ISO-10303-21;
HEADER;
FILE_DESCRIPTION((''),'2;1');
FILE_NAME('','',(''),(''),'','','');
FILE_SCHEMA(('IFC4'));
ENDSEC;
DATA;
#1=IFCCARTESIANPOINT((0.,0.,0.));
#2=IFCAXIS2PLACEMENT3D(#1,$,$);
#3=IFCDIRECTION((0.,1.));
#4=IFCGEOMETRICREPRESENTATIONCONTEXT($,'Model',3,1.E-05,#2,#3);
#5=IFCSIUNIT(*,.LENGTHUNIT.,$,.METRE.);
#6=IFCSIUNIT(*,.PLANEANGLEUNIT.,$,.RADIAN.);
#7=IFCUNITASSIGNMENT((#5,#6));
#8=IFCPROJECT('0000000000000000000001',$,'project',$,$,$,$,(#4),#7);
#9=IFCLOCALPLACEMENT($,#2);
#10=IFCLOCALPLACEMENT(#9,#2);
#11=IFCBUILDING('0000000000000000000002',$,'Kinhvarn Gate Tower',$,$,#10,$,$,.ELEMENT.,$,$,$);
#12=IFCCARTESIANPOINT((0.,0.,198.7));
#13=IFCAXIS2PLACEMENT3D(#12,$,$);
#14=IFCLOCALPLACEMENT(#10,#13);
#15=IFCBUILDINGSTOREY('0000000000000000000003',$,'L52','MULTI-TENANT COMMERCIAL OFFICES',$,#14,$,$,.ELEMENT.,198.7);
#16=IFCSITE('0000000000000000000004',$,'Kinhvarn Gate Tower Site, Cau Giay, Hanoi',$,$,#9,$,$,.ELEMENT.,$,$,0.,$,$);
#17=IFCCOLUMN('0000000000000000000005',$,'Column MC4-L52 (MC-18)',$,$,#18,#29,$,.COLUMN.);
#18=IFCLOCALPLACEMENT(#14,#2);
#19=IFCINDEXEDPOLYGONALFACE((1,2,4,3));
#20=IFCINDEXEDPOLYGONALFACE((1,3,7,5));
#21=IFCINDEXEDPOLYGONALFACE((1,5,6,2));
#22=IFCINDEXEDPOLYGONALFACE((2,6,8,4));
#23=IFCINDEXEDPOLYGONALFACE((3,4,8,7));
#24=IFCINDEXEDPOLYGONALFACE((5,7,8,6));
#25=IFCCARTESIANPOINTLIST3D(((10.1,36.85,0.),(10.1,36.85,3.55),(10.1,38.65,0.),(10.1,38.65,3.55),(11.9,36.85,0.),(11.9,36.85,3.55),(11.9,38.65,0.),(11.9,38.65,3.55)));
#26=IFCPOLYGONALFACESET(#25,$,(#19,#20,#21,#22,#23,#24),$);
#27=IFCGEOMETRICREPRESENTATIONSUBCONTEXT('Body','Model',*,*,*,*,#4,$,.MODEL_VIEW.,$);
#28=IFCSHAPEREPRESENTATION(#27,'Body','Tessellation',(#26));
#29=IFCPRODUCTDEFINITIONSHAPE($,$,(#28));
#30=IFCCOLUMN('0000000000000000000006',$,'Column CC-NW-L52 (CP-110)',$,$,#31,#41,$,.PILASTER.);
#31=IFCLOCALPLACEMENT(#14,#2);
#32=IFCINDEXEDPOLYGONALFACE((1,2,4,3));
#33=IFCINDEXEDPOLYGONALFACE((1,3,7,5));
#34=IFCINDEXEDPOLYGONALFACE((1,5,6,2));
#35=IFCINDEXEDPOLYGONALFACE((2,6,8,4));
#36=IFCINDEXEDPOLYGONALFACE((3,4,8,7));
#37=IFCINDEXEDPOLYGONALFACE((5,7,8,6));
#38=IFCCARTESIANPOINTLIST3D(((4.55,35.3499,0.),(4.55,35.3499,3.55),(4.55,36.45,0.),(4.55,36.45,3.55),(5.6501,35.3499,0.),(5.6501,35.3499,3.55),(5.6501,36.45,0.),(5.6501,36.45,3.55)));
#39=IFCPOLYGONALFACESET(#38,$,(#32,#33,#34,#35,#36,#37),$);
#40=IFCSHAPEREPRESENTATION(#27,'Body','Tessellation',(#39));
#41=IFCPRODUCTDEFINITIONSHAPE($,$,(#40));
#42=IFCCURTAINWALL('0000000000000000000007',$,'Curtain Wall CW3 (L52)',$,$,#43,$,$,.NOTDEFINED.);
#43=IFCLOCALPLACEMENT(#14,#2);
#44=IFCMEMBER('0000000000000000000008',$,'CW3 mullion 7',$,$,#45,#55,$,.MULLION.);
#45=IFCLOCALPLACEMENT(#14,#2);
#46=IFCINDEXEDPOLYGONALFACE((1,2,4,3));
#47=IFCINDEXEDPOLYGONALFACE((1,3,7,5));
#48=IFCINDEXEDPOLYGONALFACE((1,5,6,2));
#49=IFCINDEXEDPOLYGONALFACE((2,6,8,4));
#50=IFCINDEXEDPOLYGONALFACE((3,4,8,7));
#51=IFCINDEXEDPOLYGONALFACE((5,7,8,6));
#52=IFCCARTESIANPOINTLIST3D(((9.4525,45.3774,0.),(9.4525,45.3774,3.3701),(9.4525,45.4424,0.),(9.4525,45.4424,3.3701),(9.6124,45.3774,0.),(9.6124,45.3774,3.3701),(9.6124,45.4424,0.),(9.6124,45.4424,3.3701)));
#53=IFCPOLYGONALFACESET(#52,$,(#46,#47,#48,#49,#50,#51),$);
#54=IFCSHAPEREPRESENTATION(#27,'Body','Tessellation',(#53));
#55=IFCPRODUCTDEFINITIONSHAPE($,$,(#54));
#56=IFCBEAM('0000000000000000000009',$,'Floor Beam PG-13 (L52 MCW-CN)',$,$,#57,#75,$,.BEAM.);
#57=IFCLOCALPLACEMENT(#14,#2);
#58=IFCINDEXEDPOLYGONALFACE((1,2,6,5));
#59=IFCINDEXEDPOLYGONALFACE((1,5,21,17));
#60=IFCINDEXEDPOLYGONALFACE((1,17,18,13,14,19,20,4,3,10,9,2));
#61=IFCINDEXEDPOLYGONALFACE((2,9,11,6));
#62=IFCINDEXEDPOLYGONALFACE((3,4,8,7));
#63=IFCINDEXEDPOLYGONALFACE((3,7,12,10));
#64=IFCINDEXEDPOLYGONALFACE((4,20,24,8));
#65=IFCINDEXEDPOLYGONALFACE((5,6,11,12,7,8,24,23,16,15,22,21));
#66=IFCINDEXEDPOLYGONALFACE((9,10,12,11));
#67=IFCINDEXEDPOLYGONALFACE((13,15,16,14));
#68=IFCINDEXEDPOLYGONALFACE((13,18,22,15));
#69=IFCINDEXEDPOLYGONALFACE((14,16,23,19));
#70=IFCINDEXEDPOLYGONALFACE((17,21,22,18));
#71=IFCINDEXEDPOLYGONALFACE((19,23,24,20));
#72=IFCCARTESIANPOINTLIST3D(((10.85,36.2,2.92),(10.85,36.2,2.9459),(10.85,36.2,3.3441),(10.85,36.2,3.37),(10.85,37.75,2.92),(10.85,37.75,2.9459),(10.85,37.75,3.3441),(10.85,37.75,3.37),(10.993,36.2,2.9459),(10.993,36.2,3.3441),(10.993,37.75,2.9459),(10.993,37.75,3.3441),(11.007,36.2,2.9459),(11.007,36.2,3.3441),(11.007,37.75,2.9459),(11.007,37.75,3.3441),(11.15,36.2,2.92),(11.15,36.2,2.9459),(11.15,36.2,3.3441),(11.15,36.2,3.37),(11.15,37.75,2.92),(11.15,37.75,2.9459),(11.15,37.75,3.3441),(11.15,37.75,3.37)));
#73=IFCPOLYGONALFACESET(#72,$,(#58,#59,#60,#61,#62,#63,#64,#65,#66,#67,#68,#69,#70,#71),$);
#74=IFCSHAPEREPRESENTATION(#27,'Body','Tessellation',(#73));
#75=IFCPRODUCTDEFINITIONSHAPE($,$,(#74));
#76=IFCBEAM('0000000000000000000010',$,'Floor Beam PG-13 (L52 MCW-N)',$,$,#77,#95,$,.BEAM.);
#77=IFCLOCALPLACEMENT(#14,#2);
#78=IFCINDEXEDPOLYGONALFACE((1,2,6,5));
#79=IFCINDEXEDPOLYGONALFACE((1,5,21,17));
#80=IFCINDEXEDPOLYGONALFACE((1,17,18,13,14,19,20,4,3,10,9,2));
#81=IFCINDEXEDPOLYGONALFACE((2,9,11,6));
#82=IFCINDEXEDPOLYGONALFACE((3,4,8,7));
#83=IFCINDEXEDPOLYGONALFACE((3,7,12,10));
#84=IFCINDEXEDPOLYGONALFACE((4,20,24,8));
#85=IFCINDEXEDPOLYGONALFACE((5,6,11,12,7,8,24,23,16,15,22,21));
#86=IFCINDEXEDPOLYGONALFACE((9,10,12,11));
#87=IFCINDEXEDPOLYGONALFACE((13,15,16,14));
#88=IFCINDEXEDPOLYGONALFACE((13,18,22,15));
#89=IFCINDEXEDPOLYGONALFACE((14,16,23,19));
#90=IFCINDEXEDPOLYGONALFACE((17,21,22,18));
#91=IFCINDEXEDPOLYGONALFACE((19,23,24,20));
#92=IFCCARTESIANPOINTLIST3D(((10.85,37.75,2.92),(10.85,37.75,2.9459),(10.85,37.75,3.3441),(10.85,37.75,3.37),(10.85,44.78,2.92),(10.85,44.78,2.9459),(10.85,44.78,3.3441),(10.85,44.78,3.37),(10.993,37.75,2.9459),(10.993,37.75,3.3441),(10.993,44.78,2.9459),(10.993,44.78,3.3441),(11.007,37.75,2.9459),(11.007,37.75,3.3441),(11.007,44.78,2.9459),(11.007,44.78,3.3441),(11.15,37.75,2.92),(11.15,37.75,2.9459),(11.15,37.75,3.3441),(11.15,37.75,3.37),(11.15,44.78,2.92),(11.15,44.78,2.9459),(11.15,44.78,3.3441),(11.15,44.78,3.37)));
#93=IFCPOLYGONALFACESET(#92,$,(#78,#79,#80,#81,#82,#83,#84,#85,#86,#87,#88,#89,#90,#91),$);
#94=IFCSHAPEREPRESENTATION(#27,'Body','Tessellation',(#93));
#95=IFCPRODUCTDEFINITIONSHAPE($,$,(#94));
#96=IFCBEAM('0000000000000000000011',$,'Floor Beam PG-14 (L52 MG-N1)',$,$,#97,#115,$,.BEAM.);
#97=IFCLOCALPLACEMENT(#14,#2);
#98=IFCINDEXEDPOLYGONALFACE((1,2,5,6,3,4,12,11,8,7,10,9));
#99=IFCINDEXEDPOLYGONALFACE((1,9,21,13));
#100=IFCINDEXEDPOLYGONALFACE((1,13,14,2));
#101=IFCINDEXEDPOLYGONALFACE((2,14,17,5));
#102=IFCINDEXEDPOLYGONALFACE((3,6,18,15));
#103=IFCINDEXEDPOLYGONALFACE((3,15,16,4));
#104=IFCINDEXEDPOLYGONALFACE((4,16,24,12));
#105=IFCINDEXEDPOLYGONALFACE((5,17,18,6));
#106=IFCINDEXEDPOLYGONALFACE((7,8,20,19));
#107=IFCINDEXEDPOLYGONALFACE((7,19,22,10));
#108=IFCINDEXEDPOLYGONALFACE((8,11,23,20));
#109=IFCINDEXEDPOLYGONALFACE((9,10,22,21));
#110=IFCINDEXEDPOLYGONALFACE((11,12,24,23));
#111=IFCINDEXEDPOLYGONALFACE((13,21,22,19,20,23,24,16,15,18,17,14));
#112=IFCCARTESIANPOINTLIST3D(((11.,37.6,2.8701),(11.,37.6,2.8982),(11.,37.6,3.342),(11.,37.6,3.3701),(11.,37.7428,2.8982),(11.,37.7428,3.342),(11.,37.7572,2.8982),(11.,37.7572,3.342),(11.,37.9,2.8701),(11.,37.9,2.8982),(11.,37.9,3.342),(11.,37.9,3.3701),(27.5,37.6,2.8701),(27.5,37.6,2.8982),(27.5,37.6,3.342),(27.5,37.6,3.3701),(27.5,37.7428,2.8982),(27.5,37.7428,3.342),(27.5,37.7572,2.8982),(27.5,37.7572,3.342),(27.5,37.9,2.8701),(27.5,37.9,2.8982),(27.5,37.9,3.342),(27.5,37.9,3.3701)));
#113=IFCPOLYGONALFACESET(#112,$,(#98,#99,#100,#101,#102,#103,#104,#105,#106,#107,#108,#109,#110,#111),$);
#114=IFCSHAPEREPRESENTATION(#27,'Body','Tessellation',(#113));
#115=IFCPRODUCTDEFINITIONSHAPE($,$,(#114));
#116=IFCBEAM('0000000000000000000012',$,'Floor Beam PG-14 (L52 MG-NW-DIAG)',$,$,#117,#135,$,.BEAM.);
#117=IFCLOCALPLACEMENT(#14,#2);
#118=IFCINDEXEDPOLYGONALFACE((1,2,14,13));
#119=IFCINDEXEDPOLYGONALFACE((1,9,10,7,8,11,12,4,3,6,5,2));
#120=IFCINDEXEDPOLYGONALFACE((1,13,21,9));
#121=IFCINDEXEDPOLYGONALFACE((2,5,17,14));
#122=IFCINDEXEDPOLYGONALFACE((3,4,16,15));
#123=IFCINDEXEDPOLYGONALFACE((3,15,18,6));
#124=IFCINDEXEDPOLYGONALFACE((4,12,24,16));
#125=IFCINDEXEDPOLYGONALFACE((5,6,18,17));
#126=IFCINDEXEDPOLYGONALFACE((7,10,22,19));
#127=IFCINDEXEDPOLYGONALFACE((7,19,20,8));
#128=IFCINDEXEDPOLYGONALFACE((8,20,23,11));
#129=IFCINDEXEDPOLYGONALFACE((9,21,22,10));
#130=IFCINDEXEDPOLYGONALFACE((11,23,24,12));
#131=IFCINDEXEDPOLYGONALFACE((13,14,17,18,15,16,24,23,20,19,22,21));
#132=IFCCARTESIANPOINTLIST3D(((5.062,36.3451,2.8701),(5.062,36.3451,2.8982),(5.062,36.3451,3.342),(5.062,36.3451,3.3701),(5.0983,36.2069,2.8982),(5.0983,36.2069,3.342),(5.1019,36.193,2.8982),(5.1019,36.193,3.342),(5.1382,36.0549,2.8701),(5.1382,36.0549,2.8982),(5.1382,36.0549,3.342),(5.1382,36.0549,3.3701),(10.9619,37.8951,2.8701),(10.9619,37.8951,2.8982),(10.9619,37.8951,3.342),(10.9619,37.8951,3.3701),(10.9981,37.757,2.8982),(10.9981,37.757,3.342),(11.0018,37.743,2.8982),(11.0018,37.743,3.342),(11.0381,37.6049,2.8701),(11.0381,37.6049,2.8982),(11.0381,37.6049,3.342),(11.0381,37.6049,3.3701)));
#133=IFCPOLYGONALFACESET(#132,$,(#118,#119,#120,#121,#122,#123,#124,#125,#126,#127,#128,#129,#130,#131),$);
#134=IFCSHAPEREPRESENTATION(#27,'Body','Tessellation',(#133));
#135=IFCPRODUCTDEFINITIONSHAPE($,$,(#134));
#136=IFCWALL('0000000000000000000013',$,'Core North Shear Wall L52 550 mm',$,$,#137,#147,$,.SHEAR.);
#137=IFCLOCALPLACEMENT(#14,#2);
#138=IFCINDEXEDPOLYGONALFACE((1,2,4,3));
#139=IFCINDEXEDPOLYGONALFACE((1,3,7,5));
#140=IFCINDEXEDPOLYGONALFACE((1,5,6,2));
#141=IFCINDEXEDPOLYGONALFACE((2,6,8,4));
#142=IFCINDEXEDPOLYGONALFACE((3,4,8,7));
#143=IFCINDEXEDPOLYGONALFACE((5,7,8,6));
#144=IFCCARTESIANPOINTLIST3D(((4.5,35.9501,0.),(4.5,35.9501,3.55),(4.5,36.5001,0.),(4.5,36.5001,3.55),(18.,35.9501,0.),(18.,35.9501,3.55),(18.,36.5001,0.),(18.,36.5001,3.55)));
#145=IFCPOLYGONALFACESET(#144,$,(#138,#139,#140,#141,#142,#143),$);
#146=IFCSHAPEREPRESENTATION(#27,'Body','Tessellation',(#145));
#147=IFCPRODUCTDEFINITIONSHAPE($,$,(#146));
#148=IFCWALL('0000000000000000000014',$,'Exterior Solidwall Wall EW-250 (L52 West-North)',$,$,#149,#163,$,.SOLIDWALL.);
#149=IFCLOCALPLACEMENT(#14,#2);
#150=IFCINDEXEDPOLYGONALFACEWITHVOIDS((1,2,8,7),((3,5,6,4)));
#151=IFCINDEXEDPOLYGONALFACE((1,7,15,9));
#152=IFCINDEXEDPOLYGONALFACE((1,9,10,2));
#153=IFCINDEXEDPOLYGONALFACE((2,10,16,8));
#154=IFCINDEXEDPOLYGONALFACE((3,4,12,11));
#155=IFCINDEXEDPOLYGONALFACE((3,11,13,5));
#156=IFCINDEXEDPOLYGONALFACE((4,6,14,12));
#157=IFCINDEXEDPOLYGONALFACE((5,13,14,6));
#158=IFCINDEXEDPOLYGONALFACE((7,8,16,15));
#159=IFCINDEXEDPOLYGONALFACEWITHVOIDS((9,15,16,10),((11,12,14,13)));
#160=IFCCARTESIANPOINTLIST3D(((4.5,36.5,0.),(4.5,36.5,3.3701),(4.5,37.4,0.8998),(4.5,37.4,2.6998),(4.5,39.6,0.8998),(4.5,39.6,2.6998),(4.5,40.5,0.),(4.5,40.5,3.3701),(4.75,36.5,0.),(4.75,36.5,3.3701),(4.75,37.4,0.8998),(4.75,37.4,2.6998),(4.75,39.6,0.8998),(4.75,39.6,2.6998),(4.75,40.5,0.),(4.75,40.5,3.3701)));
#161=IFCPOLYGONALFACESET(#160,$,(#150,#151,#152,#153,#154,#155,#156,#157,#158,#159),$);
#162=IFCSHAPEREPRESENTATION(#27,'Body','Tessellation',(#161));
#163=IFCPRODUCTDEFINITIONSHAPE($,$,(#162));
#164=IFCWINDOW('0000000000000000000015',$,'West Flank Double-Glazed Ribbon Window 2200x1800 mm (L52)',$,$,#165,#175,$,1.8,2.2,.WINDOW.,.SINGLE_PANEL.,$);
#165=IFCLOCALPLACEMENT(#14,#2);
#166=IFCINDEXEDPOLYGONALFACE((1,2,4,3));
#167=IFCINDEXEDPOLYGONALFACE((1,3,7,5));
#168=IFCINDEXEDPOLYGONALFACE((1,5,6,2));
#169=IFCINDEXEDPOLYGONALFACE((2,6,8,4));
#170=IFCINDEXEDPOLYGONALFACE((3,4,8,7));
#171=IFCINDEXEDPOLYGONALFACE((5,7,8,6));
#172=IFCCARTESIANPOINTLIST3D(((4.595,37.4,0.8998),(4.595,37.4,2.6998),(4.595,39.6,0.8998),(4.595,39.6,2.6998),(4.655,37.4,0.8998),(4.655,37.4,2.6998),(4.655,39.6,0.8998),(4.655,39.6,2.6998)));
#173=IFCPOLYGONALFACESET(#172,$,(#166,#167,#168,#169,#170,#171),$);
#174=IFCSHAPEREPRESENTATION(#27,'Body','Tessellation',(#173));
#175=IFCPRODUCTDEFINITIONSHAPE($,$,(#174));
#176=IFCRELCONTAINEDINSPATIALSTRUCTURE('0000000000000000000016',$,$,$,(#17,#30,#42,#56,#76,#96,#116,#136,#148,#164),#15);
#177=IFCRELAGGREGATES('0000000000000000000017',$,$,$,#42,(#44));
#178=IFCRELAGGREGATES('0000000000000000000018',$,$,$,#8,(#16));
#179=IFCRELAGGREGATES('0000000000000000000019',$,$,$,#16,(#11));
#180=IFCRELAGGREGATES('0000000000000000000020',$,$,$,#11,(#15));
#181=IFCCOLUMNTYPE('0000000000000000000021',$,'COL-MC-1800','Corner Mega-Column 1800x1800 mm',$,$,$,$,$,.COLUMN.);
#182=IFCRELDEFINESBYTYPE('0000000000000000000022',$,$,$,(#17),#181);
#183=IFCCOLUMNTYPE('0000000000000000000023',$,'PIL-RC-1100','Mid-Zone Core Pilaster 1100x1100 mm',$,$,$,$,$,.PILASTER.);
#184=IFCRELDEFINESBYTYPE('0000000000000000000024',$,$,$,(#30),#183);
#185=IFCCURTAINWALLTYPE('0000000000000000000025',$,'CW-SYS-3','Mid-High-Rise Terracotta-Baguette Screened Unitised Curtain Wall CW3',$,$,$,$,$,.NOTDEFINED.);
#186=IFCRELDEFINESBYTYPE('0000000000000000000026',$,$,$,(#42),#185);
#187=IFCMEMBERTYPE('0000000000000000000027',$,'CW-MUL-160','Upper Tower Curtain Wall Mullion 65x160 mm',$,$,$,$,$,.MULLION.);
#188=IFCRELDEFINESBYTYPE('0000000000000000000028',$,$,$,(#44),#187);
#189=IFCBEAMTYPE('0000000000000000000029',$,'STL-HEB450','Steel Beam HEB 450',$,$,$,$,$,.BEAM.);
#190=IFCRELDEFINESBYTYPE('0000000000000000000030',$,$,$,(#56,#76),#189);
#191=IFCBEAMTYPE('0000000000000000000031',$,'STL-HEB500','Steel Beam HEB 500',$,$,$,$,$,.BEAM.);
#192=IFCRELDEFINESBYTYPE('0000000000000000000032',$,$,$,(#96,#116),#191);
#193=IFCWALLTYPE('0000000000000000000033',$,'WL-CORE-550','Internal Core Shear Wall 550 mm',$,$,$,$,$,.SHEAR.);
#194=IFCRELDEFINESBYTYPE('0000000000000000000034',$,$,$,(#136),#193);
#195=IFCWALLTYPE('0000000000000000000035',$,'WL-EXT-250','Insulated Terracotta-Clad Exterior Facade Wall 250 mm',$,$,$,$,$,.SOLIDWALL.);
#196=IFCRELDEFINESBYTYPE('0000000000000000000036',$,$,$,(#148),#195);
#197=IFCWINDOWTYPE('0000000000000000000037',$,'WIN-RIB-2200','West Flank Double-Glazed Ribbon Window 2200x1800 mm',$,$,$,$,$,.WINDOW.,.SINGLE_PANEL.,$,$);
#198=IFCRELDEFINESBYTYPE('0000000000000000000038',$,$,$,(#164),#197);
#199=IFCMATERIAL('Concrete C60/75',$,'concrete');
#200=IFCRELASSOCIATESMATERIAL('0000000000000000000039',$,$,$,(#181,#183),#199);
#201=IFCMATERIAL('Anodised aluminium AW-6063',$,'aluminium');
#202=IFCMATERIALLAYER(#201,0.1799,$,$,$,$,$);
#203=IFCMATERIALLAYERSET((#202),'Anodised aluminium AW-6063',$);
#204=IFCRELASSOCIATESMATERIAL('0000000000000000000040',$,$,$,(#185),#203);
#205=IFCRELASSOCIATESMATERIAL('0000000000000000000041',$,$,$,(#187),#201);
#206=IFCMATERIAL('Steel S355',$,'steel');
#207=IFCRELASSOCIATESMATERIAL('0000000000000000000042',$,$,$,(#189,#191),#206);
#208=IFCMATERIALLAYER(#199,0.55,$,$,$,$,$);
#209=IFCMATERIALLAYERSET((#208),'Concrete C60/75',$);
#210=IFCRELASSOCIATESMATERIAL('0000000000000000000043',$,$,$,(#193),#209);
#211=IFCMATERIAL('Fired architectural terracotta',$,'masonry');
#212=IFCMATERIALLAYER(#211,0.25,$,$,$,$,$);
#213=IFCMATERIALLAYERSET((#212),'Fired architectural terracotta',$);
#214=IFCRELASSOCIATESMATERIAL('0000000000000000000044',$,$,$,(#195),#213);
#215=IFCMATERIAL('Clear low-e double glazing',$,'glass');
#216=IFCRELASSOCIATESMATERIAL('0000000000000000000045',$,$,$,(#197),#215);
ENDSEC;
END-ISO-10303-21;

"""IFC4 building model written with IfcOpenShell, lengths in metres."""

from ifc_helpers import new_model, si_unit, direction, frame, frame_2d, origin, origin_2d, place, context, subcontext, project, spatial, rectangle, i_section, extrude, material, layer, layer_set, material_profile, profile_set, type_object, element, fill, aggregate, save


model = new_model("IFC4")

# Units and contexts
model_context = context("Model", 3, precision=1e-05, world=origin(), true_north=direction((0.0, 1.0)))
body_context = subcontext(model_context, "Body", "Model", "MODEL_VIEW")
ifc_project = project(units=[si_unit("LENGTHUNIT", "METRE"), si_unit("PLANEANGLEUNIT", "RADIAN")], contexts=[model_context])

# Site, building, storey
site_placement = place(None, origin())
site = spatial("IfcSite", under=ifc_project, at=site_placement, Name="Kinhvarn Gate Tower Site, Cau Giay, Hanoi", CompositionType="ELEMENT", RefElevation=0.0)
building_placement = place(site_placement, origin())
building = spatial("IfcBuilding", under=site, at=building_placement, Name="Kinhvarn Gate Tower", CompositionType="ELEMENT")
storey_placement = place(building_placement, frame((0.0, 0.0, 198.7)))
storey = spatial("IfcBuildingStorey", under=building, at=storey_placement, Name="L52", Description="MULTI-TENANT COMMERCIAL OFFICES", CompositionType="ELEMENT", Elevation=198.7)

# Columns
ifc_material_1 = material(Name="Concrete C60/75", Category="concrete")
ifc_material_profile_1 = material_profile(ifc_material_1, rectangle(XDim=1.8, YDim=1.8, at=origin_2d()), Name="RC 1800x1800")
ifc_profile_set_1 = profile_set([ifc_material_profile_1], Name="Concrete C60/75")
column_type_1 = type_object("IfcColumnType", Name="COL-MC-1800", Description="Corner Mega-Column 1800x1800 mm", PredefinedType="COLUMN", material=ifc_profile_set_1)
column_1_placement = place(storey_placement, frame((11.0, 37.75, 0.0), z_axis=(0.0, 0.0, 1.0), x_axis=(1.0, 0.0, 0.0)))
element("IfcColumn", 1, at=column_1_placement, inside=storey, type_object=column_type_1, Name="Column MC4-L52 (MC-18)", PredefinedType="COLUMN", context=body_context, shape_type="SweptSolid", body=[
    extrude(rectangle(XDim=1.8, YDim=1.8, at=origin_2d()), origin(), (0.0, 0.0, 1.0), 3.55),
])
ifc_material_profile_2 = material_profile(ifc_material_1, rectangle(XDim=1.1001, YDim=1.1001, at=origin_2d()), Name="RC 1100x1100")
ifc_profile_set_2 = profile_set([ifc_material_profile_2], Name="Concrete C60/75")
column_type_2 = type_object("IfcColumnType", Name="PIL-RC-1100", Description="Mid-Zone Core Pilaster 1100x1100 mm", PredefinedType="PILASTER", material=ifc_profile_set_2)
column_2_placement = place(storey_placement, frame((5.1001, 35.8999, 0.0), z_axis=(0.0, 0.0, 1.0), x_axis=(1.0, 0.0, 0.0)))
element("IfcColumn", 2, at=column_2_placement, inside=storey, type_object=column_type_2, Name="Column CC-NW-L52 (CP-110)", PredefinedType="PILASTER", context=body_context, shape_type="SweptSolid", body=[
    extrude(rectangle(XDim=1.1001, YDim=1.1001, at=origin_2d()), origin(), (0.0, 0.0, 1.0), 3.55),
])

# Curtain wall, member
ifc_material_2 = material(Name="Anodised aluminium AW-6063", Category="aluminium")
ifc_layer_1 = layer(ifc_material_2, 0.1799)
ifc_layer_set_1 = layer_set([ifc_layer_1], Name="Anodised aluminium AW-6063")
curtain_wall_type = type_object("IfcCurtainWallType", Name="CW-SYS-3", Description="Mid-High-Rise Terracotta-Baguette Screened Unitised Curtain Wall CW3", PredefinedType="NOTDEFINED", material=ifc_layer_set_1)
curtain_wall_placement = place(storey_placement, origin())
curtain_wall = element("IfcCurtainWall", 3, at=curtain_wall_placement, inside=storey, type_object=curtain_wall_type, Name="Curtain Wall CW3 (L52)", PredefinedType="NOTDEFINED")
ifc_material_profile_3 = material_profile(ifc_material_2, rectangle(XDim=0.0649, YDim=0.1599, at=origin_2d()), Name="ALU 65x160")
ifc_profile_set_3 = profile_set([ifc_material_profile_3], Name="Anodised aluminium AW-6063")
member_type = type_object("IfcMemberType", Name="CW-MUL-160", Description="Upper Tower Curtain Wall Mullion 65x160 mm", PredefinedType="MULLION", material=ifc_profile_set_3)
member_placement = place(storey_placement, frame((9.5325, 45.4099, 0.0), z_axis=(0.0, 0.0, 1.0), x_axis=(0.0, -1.0, 0.0)))
member = element("IfcMember", 4, at=member_placement, type_object=member_type, Name="CW3 mullion 7", PredefinedType="MULLION", context=body_context, shape_type="SweptSolid", body=[
    extrude(rectangle(XDim=0.0649, YDim=0.1599, at=origin_2d()), origin(), (0.0, 0.0, 1.0), 3.3701),
])
aggregate(curtain_wall, [member])

# Beams
ifc_material_3 = material(Name="Steel S355", Category="steel")
ifc_material_profile_4 = material_profile(ifc_material_3, i_section(OverallWidth=0.3, OverallDepth=0.45, WebThickness=0.0139, FlangeThickness=0.0259, at=origin_2d()), Name="HEB 450")
ifc_profile_set_4 = profile_set([ifc_material_profile_4], Name="Steel S355")
beam_type_1 = type_object("IfcBeamType", Name="STL-HEB450", Description="Steel Beam HEB 450", PredefinedType="BEAM", material=ifc_profile_set_4)
beam_1_placement = place(storey_placement, frame((11.0, 36.2, 3.145), z_axis=(0.0, 1.0, 0.0), x_axis=(-1.0, 0.0, 0.0)))
element("IfcBeam", 5, at=beam_1_placement, inside=storey, type_object=beam_type_1, Name="Floor Beam PG-13 (L52 MCW-CN)", PredefinedType="BEAM", context=body_context, shape_type="SweptSolid", body=[
    extrude(i_section(OverallWidth=0.3, OverallDepth=0.45, WebThickness=0.0139, FlangeThickness=0.0259, at=origin_2d()), origin(), (0.0, 0.0, 1.0), 1.55),
])
beam_2_placement = place(storey_placement, frame((11.0, 37.75, 3.145), z_axis=(0.0, 1.0, 0.0), x_axis=(-1.0, 0.0, 0.0)))
element("IfcBeam", 6, at=beam_2_placement, inside=storey, type_object=beam_type_1, Name="Floor Beam PG-13 (L52 MCW-N)", PredefinedType="BEAM", context=body_context, shape_type="SweptSolid", body=[
    extrude(i_section(OverallWidth=0.3, OverallDepth=0.45, WebThickness=0.0139, FlangeThickness=0.0259, at=origin_2d()), origin(), (0.0, 0.0, 1.0), 7.03),
])
ifc_material_profile_5 = material_profile(ifc_material_3, i_section(OverallWidth=0.3, OverallDepth=0.5, WebThickness=0.0144, FlangeThickness=0.0281, at=origin_2d()), Name="HEB 500")
ifc_profile_set_5 = profile_set([ifc_material_profile_5], Name="Steel S355")
beam_type_2 = type_object("IfcBeamType", Name="STL-HEB500", Description="Steel Beam HEB 500", PredefinedType="BEAM", material=ifc_profile_set_5)
beam_3_placement = place(storey_placement, frame((11.0, 37.75, 3.1201), z_axis=(1.0, 0.0, 0.0), x_axis=(0.0, 1.0, 0.0)))
element("IfcBeam", 7, at=beam_3_placement, inside=storey, type_object=beam_type_2, Name="Floor Beam PG-14 (L52 MG-N1)", PredefinedType="BEAM", context=body_context, shape_type="SweptSolid", body=[
    extrude(i_section(OverallWidth=0.3, OverallDepth=0.5, WebThickness=0.0144, FlangeThickness=0.0281, at=origin_2d()), origin(), (0.0, 0.0, 1.0), 16.5),
])
beam_4_placement = place(storey_placement, frame((5.1001, 36.2, 3.1201), z_axis=(0.967178, 0.254101, 0.0), x_axis=(-0.254101, 0.967178, 0.0)))
element("IfcBeam", 8, at=beam_4_placement, inside=storey, type_object=beam_type_2, Name="Floor Beam PG-14 (L52 MG-NW-DIAG)", PredefinedType="BEAM", context=body_context, shape_type="SweptSolid", body=[
    extrude(i_section(OverallWidth=0.3, OverallDepth=0.5, WebThickness=0.0144, FlangeThickness=0.0281, at=origin_2d()), origin(), (0.0, 0.0, 1.0), 6.1001),
])

# Wall
ifc_layer_2 = layer(ifc_material_1, 0.55)
ifc_layer_set_2 = layer_set([ifc_layer_2], Name="Concrete C60/75")
wall_type_1 = type_object("IfcWallType", Name="WL-CORE-550", Description="Internal Core Shear Wall 550 mm", PredefinedType="SHEAR", material=ifc_layer_set_2)
wall_1_placement = place(storey_placement, frame((4.5, 36.2251, 0.0), z_axis=(0.0, 0.0, 1.0), x_axis=(1.0, 0.0, 0.0)))
element("IfcWall", 9, at=wall_1_placement, inside=storey, type_object=wall_type_1, Name="Core North Shear Wall L52 550 mm", PredefinedType="SHEAR", context=body_context, shape_type="SweptSolid", body=[
    extrude(rectangle(XDim=13.5, YDim=0.55, at=frame_2d((6.75, 0.0))), origin(), (0.0, 0.0, 1.0), 3.55),
])

# Wall, opening, window
ifc_material_4 = material(Name="Fired architectural terracotta", Category="masonry")
ifc_layer_3 = layer(ifc_material_4, 0.25)
ifc_layer_set_3 = layer_set([ifc_layer_3], Name="Fired architectural terracotta")
wall_type_2 = type_object("IfcWallType", Name="WL-EXT-250", Description="Insulated Terracotta-Clad Exterior Facade Wall 250 mm", PredefinedType="SOLIDWALL", material=ifc_layer_set_3)
wall_2_placement = place(storey_placement, frame((4.625, 40.5, 0.0), z_axis=(0.0, 0.0, 1.0), x_axis=(0.0, -1.0, 0.0)))
wall_2 = element("IfcWall", 10, at=wall_2_placement, inside=storey, type_object=wall_type_2, Name="Exterior Solidwall Wall EW-250 (L52 West-North)", PredefinedType="SOLIDWALL", context=body_context, shape_type="SweptSolid", body=[
    extrude(rectangle(XDim=4.0, YDim=0.25, at=frame_2d((2.0, 0.0))), origin(), (0.0, 0.0, 1.0), 3.3701),
])
opening_1_placement = place(wall_2_placement, frame((0.8999, 0.0, 0.8999)))
opening_1 = element("IfcOpeningElement", 11, at=opening_1_placement, cuts=wall_2, PredefinedType="OPENING", context=body_context, shape_type="SweptSolid", body=[
    extrude(rectangle(XDim=2.2, YDim=1.8, at=frame_2d((1.1001, 0.8999))), frame((0.0, 0.135, 0.0), z_axis=(0.0, -1.0, 0.0), x_axis=(1.0, 0.0, 0.0)), (0.0, 0.0, 1.0), 0.27),
])
ifc_material_5 = material(Name="Clear low-e double glazing", Category="glass")
window_type_1 = type_object("IfcWindowType", Name="WIN-RIB-2200", Description="West Flank Double-Glazed Ribbon Window 2200x1800 mm", PartitioningType="SINGLE_PANEL", PredefinedType="WINDOW", material=ifc_material_5)
window_1_placement = place(opening_1_placement, origin())
window_1 = element("IfcWindow", 12, at=window_1_placement, inside=storey, type_object=window_type_1, Name="West Flank Double-Glazed Ribbon Window 2200x1800 mm (L52)", OverallHeight=1.8, OverallWidth=2.2, PartitioningType="SINGLE_PANEL", PredefinedType="WINDOW", context=body_context, shape_type="SweptSolid", body=[
    extrude(rectangle(XDim=2.2, YDim=1.8, at=frame_2d((1.1001, 0.8999))), frame((0.0, 0.03, 0.0), z_axis=(0.0, -1.0, 0.0), x_axis=(1.0, 0.0, 0.0)), (0.0, 0.0, 1.0), 0.0601),
])
fill(opening_1, window_1)

save(model, "model.ifc")
